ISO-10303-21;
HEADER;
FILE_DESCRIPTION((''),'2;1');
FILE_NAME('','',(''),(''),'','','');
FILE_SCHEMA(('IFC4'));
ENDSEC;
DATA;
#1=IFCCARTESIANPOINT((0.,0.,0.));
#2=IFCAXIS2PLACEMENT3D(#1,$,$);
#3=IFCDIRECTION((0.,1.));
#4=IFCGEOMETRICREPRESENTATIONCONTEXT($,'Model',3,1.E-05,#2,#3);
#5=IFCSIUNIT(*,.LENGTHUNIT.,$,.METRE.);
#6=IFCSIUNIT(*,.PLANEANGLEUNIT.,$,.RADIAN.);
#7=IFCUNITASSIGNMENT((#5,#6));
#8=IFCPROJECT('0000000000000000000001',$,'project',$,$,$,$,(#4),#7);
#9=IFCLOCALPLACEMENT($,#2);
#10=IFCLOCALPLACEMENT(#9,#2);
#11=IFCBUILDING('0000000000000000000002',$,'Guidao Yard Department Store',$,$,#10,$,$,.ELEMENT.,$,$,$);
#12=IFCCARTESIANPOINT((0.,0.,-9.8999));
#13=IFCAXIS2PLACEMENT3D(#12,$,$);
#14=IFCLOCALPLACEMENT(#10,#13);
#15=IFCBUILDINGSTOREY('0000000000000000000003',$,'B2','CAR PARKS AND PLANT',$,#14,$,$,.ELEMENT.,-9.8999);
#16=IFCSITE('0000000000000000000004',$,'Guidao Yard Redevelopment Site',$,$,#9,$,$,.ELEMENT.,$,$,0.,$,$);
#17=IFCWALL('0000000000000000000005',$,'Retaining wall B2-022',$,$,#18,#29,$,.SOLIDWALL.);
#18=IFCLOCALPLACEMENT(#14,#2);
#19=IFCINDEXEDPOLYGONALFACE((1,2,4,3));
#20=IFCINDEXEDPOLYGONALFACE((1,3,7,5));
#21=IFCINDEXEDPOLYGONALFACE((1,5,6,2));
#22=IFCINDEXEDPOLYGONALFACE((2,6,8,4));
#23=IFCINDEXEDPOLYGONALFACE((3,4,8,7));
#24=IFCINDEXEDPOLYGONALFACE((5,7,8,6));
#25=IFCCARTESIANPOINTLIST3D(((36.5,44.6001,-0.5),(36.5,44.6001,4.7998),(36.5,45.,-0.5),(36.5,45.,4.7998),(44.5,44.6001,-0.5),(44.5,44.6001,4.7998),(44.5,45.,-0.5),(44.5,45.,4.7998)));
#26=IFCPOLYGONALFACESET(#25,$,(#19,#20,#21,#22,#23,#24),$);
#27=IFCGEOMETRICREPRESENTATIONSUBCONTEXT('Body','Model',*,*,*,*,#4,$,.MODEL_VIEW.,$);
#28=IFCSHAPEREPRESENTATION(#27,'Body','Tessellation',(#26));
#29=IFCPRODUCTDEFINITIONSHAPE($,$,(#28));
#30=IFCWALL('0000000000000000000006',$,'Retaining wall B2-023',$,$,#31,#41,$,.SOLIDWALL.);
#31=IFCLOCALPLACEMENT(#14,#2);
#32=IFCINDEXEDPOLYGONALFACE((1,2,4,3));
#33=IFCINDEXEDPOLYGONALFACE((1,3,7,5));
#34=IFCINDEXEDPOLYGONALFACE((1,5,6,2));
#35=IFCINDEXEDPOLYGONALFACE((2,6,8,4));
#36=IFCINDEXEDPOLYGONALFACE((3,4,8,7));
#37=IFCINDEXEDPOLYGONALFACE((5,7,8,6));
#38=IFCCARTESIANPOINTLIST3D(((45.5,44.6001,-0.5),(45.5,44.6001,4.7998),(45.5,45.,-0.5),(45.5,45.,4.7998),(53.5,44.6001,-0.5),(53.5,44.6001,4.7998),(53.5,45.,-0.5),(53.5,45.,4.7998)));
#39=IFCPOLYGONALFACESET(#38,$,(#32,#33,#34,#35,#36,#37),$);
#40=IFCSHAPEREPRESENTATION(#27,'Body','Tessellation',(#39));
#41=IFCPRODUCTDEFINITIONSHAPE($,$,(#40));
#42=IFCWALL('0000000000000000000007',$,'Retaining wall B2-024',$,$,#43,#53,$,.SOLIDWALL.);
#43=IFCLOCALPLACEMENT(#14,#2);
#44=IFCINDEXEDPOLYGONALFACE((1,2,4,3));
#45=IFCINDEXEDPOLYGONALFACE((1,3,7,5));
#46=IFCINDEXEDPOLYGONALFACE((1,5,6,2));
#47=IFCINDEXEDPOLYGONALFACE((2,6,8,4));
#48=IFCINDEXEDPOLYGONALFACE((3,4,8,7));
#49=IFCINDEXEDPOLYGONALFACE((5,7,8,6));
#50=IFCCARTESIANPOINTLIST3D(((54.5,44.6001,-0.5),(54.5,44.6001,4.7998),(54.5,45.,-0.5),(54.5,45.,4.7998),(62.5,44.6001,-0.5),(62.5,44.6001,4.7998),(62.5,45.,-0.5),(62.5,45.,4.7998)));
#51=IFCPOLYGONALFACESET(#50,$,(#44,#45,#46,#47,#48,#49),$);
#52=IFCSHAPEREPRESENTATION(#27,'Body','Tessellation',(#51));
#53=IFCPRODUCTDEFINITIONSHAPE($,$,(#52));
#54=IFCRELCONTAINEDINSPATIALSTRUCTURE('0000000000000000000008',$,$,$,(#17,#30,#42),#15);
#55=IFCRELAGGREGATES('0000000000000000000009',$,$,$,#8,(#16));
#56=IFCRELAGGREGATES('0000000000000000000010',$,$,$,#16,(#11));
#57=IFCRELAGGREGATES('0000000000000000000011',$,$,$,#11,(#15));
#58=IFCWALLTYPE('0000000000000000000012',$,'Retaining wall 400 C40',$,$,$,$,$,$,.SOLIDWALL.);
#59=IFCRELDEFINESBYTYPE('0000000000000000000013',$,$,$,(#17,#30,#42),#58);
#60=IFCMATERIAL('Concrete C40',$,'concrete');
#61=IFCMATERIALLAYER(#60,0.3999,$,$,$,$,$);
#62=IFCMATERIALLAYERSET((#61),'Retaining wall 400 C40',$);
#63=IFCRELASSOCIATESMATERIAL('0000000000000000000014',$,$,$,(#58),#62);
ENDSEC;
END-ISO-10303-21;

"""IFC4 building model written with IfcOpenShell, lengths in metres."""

from ifc_helpers import new_model, si_unit, direction, frame, frame_2d, origin, place, context, subcontext, project, spatial, rectangle, extrude, material, layer, layer_set, type_object, element, save


model = new_model("IFC4")

# Units and contexts
model_context = context("Model", 3, precision=1e-05, world=origin(), true_north=direction((0.0, 1.0)))
body_context = subcontext(model_context, "Body", "Model", "MODEL_VIEW")
ifc_project = project(units=[si_unit("LENGTHUNIT", "METRE"), si_unit("PLANEANGLEUNIT", "RADIAN")], contexts=[model_context])

# Site, building, storey
site_placement = place(None, origin())
site = spatial("IfcSite", under=ifc_project, at=site_placement, Name="Guidao Yard Redevelopment Site", CompositionType="ELEMENT", RefElevation=0.0)
building_placement = place(site_placement, origin())
building = spatial("IfcBuilding", under=site, at=building_placement, Name="Guidao Yard Department Store", CompositionType="ELEMENT")
storey_placement = place(building_placement, frame((0.0, 0.0, -9.8999)))
storey = spatial("IfcBuildingStorey", under=building, at=storey_placement, Name="B2", Description="CAR PARKS AND PLANT", CompositionType="ELEMENT", Elevation=-9.8999)

# Walls
ifc_material_1 = material(Name="Concrete C40", Category="concrete")
ifc_layer_1 = layer(ifc_material_1, 0.3999)
ifc_layer_set_1 = layer_set([ifc_layer_1], Name="Retaining wall 400 C40")
wall_type = type_object("IfcWallType", Name="Retaining wall 400 C40", PredefinedType="SOLIDWALL", material=ifc_layer_set_1)
for number, where, z_axis, x_axis, name in (
    (1, (36.5, 44.8, -0.5), (0.0, 0.0, 1.0), (1.0, 0.0, 0.0), "Retaining wall B2-022"),
    (2, (45.5, 44.8, -0.5), (0.0, 0.0, 1.0), (1.0, 0.0, 0.0), "Retaining wall B2-023"),
    (3, (54.5, 44.8, -0.5), (0.0, 0.0, 1.0), (1.0, 0.0, 0.0), "Retaining wall B2-024"),
):
    element("IfcWall", number, at=place(storey_placement, frame(where, z_axis=z_axis, x_axis=x_axis)), inside=storey, type_object=wall_type, Name=name, PredefinedType="SOLIDWALL", context=body_context, shape_type="SweptSolid", body=[
        extrude(rectangle(XDim=8.0, YDim=0.3999, at=frame_2d((4.0, 0.0))), origin(), (0.0, 0.0, 1.0), 5.2998),
    ])

save(model, "model.ifc")
